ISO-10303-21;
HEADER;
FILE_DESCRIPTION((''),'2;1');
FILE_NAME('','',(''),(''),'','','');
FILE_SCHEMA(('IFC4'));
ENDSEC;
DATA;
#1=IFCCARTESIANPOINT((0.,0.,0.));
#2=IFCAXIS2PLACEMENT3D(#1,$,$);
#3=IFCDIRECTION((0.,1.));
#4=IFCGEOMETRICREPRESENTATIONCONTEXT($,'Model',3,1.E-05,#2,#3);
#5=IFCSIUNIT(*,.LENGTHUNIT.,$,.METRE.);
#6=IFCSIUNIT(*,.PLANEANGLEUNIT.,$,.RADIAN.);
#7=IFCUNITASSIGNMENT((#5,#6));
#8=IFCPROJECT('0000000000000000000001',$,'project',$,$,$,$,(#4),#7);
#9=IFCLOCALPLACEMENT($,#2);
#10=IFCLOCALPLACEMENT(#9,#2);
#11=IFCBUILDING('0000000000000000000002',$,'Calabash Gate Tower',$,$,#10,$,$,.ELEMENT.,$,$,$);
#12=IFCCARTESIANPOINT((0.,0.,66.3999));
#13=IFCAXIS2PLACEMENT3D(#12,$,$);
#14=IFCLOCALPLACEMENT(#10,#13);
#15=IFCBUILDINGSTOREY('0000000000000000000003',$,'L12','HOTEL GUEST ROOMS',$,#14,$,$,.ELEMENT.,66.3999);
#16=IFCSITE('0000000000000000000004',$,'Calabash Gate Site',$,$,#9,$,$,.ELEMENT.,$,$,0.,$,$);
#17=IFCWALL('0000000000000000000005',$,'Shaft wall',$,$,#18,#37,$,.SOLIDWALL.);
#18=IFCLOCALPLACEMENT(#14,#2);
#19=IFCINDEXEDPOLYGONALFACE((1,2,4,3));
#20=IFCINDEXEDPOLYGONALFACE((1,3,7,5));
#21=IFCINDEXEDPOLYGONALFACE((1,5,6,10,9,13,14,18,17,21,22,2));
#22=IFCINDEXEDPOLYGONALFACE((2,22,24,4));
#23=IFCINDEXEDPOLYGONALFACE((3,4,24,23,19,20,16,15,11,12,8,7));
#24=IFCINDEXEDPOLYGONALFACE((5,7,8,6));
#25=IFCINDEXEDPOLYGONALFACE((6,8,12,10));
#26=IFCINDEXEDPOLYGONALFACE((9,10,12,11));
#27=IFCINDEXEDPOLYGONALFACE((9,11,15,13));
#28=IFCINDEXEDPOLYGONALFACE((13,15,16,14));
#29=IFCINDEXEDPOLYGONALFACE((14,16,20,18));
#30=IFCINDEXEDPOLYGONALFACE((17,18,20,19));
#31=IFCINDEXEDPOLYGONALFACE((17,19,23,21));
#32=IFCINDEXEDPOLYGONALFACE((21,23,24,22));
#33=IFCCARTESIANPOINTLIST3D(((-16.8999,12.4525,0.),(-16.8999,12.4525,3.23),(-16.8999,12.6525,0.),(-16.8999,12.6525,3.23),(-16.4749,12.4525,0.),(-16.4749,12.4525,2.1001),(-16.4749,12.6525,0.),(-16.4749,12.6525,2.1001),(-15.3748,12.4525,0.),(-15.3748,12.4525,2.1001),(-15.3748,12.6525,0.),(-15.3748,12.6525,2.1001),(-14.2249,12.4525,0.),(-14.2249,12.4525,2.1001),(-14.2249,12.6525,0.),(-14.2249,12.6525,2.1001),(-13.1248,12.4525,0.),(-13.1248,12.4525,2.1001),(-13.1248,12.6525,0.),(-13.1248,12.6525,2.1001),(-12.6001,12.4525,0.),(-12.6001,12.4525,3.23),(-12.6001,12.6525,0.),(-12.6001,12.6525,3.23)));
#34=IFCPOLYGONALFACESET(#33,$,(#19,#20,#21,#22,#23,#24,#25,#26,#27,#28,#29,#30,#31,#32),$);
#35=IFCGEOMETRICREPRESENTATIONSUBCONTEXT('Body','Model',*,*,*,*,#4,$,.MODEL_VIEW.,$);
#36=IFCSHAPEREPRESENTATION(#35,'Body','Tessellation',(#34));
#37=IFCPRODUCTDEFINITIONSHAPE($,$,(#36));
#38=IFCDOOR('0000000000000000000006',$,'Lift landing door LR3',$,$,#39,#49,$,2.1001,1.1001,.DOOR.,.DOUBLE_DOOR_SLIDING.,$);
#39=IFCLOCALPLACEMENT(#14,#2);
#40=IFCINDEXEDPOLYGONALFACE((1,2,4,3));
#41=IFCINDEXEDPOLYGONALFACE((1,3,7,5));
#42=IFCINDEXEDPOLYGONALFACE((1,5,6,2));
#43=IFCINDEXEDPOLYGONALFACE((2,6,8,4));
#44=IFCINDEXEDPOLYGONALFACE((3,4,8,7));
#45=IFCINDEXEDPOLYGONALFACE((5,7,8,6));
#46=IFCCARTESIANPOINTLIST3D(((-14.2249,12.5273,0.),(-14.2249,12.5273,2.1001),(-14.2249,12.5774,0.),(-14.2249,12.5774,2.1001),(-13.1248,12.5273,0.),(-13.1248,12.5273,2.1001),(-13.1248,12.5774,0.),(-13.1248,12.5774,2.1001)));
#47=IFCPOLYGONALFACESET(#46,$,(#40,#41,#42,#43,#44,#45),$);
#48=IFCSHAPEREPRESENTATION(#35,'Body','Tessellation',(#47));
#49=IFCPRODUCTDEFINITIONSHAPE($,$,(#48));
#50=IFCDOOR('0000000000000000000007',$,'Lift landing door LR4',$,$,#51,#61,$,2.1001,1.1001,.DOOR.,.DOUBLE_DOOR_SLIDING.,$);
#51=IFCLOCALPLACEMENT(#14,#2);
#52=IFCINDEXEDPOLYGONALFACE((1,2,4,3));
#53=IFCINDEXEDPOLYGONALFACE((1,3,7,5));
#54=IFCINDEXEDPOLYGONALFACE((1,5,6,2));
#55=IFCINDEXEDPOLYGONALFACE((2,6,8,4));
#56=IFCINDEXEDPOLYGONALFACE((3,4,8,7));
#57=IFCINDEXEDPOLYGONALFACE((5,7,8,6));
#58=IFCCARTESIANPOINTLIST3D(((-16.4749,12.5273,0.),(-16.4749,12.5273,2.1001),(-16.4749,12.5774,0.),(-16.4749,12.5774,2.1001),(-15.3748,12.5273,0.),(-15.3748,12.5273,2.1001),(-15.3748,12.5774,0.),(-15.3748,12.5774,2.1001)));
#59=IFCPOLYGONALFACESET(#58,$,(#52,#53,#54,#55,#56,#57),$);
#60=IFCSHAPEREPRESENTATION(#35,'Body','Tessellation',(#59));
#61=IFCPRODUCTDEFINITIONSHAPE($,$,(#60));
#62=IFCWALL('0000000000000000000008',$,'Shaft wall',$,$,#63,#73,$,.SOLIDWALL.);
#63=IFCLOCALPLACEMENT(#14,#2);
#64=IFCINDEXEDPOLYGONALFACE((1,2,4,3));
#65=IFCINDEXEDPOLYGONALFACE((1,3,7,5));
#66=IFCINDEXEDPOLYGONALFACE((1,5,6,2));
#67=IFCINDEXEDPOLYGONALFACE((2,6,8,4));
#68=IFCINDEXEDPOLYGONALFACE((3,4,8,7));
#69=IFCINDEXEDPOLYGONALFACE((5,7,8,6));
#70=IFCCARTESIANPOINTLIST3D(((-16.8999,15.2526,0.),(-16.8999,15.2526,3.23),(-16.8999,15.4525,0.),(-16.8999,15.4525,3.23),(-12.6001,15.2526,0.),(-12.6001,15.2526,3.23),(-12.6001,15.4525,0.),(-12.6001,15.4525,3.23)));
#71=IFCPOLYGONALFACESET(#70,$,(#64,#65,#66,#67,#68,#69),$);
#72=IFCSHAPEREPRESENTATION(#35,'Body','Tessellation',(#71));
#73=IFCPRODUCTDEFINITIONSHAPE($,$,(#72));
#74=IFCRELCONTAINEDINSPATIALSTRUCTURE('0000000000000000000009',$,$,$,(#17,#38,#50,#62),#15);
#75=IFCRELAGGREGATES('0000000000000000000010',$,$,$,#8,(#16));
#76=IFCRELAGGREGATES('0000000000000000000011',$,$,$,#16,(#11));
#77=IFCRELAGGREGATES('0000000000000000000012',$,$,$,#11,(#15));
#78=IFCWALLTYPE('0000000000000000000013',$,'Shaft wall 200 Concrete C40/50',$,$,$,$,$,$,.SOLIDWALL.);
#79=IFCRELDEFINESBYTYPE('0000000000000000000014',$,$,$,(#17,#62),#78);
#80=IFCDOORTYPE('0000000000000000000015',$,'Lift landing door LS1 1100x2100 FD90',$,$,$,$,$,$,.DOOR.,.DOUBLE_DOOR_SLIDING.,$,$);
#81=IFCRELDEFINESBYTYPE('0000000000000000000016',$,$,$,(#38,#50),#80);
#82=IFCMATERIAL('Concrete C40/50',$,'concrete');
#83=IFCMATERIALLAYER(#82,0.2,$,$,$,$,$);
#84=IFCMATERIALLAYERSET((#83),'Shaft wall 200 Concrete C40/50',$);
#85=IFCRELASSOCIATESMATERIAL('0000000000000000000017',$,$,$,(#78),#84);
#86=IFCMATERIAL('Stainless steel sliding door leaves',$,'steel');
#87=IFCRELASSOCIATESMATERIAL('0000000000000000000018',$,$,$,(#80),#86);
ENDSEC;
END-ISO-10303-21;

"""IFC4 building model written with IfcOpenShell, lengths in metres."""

from ifc_helpers import new_model, si_unit, direction, frame, frame_2d, origin, place, context, subcontext, project, spatial, rectangle, extrude, material, layer, layer_set, type_object, element, fill, save


model = new_model("IFC4")

# Units and contexts
model_context = context("Model", 3, precision=1e-05, world=origin(), true_north=direction((0.0, 1.0)))
body_context = subcontext(model_context, "Body", "Model", "MODEL_VIEW")
ifc_project = project(units=[si_unit("LENGTHUNIT", "METRE"), si_unit("PLANEANGLEUNIT", "RADIAN")], contexts=[model_context])

# Site, building, storey
site_placement = place(None, origin())
site = spatial("IfcSite", under=ifc_project, at=site_placement, Name="Calabash Gate Site", CompositionType="ELEMENT", RefElevation=0.0)
building_placement = place(site_placement, origin())
building = spatial("IfcBuilding", under=site, at=building_placement, Name="Calabash Gate Tower", CompositionType="ELEMENT")
storey_placement = place(building_placement, frame((0.0, 0.0, 66.3999)))
storey = spatial("IfcBuildingStorey", under=building, at=storey_placement, Name="L12", Description="HOTEL GUEST ROOMS", CompositionType="ELEMENT", Elevation=66.3999)

# Wall, openings, doors
ifc_material_1 = material(Name="Concrete C40/50", Category="concrete")
ifc_layer_1 = layer(ifc_material_1, 0.2)
ifc_layer_set_1 = layer_set([ifc_layer_1], Name="Shaft wall 200 Concrete C40/50")
wall_type_1 = type_object("IfcWallType", Name="Shaft wall 200 Concrete C40/50", PredefinedType="SOLIDWALL", material=ifc_layer_set_1)
wall_1_placement = place(storey_placement, frame((-16.8999, 12.5525, 0.0), z_axis=(0.0, 0.0, 1.0), x_axis=(1.0, 0.0, 0.0)))
wall_1 = element("IfcWall", 1, at=wall_1_placement, inside=storey, type_object=wall_type_1, Name="Shaft wall", PredefinedType="SOLIDWALL", context=body_context, shape_type="SweptSolid", body=[
    extrude(rectangle(XDim=4.2998, YDim=0.2, at=frame_2d((2.1499, 0.0))), origin(), (0.0, 0.0, 1.0), 3.23),
])
opening_1_placement = place(wall_1_placement, frame((2.675, 0.0, 0.0)))
opening_1 = element("IfcOpeningElement", 2, at=opening_1_placement, cuts=wall_1, PredefinedType="OPENING", context=body_context, shape_type="SweptSolid", body=[
    extrude(rectangle(XDim=1.1001, YDim=2.1001, at=frame_2d((0.55, 1.05))), frame((0.0, 0.1099, 0.0), z_axis=(0.0, -1.0, 0.0), x_axis=(1.0, 0.0, 0.0)), (0.0, 0.0, 1.0), 0.22),
])
opening_2_placement = place(wall_1_placement, frame((0.425, 0.0, 0.0)))
opening_2 = element("IfcOpeningElement", 3, at=opening_2_placement, cuts=wall_1, PredefinedType="OPENING", context=body_context, shape_type="SweptSolid", body=[
    extrude(rectangle(XDim=1.1001, YDim=2.1001, at=frame_2d((0.55, 1.05))), frame((0.0, 0.1099, 0.0), z_axis=(0.0, -1.0, 0.0), x_axis=(1.0, 0.0, 0.0)), (0.0, 0.0, 1.0), 0.22),
])
ifc_material_2 = material(Name="Stainless steel sliding door leaves", Category="steel")
door_type = type_object("IfcDoorType", Name="Lift landing door LS1 1100x2100 FD90", OperationType="DOUBLE_DOOR_SLIDING", PredefinedType="DOOR", material=ifc_material_2)
door_1_placement = place(opening_1_placement, origin())
door_1 = element("IfcDoor", 4, at=door_1_placement, inside=storey, type_object=door_type, Name="Lift landing door LR3", OperationType="DOUBLE_DOOR_SLIDING", OverallHeight=2.1001, OverallWidth=1.1001, PredefinedType="DOOR", context=body_context, shape_type="SweptSolid", body=[
    extrude(rectangle(XDim=1.1001, YDim=2.1001, at=frame_2d((0.55, 1.05))), frame((0.0, 0.0249, 0.0), z_axis=(0.0, -1.0, 0.0), x_axis=(1.0, 0.0, 0.0)), (0.0, 0.0, 1.0), 0.05),
])
fill(opening_1, door_1)
door_2_placement = place(opening_2_placement, origin())
door_2 = element("IfcDoor", 5, at=door_2_placement, inside=storey, type_object=door_type, Name="Lift landing door LR4", OperationType="DOUBLE_DOOR_SLIDING", OverallHeight=2.1001, OverallWidth=1.1001, PredefinedType="DOOR", context=body_context, shape_type="SweptSolid", body=[
    extrude(rectangle(XDim=1.1001, YDim=2.1001, at=frame_2d((0.55, 1.05))), frame((0.0, 0.0249, 0.0), z_axis=(0.0, -1.0, 0.0), x_axis=(1.0, 0.0, 0.0)), (0.0, 0.0, 1.0), 0.05),
])
fill(opening_2, door_2)

# Wall
wall_2_placement = place(storey_placement, frame((-16.8999, 15.3525, 0.0), z_axis=(0.0, 0.0, 1.0), x_axis=(1.0, 0.0, 0.0)))
element("IfcWall", 6, at=wall_2_placement, inside=storey, type_object=wall_type_1, Name="Shaft wall", PredefinedType="SOLIDWALL", context=body_context, shape_type="SweptSolid", body=[
    extrude(rectangle(XDim=4.2998, YDim=0.2, at=frame_2d((2.1499, 0.0))), origin(), (0.0, 0.0, 1.0), 3.23),
])

save(model, "model.ifc")
